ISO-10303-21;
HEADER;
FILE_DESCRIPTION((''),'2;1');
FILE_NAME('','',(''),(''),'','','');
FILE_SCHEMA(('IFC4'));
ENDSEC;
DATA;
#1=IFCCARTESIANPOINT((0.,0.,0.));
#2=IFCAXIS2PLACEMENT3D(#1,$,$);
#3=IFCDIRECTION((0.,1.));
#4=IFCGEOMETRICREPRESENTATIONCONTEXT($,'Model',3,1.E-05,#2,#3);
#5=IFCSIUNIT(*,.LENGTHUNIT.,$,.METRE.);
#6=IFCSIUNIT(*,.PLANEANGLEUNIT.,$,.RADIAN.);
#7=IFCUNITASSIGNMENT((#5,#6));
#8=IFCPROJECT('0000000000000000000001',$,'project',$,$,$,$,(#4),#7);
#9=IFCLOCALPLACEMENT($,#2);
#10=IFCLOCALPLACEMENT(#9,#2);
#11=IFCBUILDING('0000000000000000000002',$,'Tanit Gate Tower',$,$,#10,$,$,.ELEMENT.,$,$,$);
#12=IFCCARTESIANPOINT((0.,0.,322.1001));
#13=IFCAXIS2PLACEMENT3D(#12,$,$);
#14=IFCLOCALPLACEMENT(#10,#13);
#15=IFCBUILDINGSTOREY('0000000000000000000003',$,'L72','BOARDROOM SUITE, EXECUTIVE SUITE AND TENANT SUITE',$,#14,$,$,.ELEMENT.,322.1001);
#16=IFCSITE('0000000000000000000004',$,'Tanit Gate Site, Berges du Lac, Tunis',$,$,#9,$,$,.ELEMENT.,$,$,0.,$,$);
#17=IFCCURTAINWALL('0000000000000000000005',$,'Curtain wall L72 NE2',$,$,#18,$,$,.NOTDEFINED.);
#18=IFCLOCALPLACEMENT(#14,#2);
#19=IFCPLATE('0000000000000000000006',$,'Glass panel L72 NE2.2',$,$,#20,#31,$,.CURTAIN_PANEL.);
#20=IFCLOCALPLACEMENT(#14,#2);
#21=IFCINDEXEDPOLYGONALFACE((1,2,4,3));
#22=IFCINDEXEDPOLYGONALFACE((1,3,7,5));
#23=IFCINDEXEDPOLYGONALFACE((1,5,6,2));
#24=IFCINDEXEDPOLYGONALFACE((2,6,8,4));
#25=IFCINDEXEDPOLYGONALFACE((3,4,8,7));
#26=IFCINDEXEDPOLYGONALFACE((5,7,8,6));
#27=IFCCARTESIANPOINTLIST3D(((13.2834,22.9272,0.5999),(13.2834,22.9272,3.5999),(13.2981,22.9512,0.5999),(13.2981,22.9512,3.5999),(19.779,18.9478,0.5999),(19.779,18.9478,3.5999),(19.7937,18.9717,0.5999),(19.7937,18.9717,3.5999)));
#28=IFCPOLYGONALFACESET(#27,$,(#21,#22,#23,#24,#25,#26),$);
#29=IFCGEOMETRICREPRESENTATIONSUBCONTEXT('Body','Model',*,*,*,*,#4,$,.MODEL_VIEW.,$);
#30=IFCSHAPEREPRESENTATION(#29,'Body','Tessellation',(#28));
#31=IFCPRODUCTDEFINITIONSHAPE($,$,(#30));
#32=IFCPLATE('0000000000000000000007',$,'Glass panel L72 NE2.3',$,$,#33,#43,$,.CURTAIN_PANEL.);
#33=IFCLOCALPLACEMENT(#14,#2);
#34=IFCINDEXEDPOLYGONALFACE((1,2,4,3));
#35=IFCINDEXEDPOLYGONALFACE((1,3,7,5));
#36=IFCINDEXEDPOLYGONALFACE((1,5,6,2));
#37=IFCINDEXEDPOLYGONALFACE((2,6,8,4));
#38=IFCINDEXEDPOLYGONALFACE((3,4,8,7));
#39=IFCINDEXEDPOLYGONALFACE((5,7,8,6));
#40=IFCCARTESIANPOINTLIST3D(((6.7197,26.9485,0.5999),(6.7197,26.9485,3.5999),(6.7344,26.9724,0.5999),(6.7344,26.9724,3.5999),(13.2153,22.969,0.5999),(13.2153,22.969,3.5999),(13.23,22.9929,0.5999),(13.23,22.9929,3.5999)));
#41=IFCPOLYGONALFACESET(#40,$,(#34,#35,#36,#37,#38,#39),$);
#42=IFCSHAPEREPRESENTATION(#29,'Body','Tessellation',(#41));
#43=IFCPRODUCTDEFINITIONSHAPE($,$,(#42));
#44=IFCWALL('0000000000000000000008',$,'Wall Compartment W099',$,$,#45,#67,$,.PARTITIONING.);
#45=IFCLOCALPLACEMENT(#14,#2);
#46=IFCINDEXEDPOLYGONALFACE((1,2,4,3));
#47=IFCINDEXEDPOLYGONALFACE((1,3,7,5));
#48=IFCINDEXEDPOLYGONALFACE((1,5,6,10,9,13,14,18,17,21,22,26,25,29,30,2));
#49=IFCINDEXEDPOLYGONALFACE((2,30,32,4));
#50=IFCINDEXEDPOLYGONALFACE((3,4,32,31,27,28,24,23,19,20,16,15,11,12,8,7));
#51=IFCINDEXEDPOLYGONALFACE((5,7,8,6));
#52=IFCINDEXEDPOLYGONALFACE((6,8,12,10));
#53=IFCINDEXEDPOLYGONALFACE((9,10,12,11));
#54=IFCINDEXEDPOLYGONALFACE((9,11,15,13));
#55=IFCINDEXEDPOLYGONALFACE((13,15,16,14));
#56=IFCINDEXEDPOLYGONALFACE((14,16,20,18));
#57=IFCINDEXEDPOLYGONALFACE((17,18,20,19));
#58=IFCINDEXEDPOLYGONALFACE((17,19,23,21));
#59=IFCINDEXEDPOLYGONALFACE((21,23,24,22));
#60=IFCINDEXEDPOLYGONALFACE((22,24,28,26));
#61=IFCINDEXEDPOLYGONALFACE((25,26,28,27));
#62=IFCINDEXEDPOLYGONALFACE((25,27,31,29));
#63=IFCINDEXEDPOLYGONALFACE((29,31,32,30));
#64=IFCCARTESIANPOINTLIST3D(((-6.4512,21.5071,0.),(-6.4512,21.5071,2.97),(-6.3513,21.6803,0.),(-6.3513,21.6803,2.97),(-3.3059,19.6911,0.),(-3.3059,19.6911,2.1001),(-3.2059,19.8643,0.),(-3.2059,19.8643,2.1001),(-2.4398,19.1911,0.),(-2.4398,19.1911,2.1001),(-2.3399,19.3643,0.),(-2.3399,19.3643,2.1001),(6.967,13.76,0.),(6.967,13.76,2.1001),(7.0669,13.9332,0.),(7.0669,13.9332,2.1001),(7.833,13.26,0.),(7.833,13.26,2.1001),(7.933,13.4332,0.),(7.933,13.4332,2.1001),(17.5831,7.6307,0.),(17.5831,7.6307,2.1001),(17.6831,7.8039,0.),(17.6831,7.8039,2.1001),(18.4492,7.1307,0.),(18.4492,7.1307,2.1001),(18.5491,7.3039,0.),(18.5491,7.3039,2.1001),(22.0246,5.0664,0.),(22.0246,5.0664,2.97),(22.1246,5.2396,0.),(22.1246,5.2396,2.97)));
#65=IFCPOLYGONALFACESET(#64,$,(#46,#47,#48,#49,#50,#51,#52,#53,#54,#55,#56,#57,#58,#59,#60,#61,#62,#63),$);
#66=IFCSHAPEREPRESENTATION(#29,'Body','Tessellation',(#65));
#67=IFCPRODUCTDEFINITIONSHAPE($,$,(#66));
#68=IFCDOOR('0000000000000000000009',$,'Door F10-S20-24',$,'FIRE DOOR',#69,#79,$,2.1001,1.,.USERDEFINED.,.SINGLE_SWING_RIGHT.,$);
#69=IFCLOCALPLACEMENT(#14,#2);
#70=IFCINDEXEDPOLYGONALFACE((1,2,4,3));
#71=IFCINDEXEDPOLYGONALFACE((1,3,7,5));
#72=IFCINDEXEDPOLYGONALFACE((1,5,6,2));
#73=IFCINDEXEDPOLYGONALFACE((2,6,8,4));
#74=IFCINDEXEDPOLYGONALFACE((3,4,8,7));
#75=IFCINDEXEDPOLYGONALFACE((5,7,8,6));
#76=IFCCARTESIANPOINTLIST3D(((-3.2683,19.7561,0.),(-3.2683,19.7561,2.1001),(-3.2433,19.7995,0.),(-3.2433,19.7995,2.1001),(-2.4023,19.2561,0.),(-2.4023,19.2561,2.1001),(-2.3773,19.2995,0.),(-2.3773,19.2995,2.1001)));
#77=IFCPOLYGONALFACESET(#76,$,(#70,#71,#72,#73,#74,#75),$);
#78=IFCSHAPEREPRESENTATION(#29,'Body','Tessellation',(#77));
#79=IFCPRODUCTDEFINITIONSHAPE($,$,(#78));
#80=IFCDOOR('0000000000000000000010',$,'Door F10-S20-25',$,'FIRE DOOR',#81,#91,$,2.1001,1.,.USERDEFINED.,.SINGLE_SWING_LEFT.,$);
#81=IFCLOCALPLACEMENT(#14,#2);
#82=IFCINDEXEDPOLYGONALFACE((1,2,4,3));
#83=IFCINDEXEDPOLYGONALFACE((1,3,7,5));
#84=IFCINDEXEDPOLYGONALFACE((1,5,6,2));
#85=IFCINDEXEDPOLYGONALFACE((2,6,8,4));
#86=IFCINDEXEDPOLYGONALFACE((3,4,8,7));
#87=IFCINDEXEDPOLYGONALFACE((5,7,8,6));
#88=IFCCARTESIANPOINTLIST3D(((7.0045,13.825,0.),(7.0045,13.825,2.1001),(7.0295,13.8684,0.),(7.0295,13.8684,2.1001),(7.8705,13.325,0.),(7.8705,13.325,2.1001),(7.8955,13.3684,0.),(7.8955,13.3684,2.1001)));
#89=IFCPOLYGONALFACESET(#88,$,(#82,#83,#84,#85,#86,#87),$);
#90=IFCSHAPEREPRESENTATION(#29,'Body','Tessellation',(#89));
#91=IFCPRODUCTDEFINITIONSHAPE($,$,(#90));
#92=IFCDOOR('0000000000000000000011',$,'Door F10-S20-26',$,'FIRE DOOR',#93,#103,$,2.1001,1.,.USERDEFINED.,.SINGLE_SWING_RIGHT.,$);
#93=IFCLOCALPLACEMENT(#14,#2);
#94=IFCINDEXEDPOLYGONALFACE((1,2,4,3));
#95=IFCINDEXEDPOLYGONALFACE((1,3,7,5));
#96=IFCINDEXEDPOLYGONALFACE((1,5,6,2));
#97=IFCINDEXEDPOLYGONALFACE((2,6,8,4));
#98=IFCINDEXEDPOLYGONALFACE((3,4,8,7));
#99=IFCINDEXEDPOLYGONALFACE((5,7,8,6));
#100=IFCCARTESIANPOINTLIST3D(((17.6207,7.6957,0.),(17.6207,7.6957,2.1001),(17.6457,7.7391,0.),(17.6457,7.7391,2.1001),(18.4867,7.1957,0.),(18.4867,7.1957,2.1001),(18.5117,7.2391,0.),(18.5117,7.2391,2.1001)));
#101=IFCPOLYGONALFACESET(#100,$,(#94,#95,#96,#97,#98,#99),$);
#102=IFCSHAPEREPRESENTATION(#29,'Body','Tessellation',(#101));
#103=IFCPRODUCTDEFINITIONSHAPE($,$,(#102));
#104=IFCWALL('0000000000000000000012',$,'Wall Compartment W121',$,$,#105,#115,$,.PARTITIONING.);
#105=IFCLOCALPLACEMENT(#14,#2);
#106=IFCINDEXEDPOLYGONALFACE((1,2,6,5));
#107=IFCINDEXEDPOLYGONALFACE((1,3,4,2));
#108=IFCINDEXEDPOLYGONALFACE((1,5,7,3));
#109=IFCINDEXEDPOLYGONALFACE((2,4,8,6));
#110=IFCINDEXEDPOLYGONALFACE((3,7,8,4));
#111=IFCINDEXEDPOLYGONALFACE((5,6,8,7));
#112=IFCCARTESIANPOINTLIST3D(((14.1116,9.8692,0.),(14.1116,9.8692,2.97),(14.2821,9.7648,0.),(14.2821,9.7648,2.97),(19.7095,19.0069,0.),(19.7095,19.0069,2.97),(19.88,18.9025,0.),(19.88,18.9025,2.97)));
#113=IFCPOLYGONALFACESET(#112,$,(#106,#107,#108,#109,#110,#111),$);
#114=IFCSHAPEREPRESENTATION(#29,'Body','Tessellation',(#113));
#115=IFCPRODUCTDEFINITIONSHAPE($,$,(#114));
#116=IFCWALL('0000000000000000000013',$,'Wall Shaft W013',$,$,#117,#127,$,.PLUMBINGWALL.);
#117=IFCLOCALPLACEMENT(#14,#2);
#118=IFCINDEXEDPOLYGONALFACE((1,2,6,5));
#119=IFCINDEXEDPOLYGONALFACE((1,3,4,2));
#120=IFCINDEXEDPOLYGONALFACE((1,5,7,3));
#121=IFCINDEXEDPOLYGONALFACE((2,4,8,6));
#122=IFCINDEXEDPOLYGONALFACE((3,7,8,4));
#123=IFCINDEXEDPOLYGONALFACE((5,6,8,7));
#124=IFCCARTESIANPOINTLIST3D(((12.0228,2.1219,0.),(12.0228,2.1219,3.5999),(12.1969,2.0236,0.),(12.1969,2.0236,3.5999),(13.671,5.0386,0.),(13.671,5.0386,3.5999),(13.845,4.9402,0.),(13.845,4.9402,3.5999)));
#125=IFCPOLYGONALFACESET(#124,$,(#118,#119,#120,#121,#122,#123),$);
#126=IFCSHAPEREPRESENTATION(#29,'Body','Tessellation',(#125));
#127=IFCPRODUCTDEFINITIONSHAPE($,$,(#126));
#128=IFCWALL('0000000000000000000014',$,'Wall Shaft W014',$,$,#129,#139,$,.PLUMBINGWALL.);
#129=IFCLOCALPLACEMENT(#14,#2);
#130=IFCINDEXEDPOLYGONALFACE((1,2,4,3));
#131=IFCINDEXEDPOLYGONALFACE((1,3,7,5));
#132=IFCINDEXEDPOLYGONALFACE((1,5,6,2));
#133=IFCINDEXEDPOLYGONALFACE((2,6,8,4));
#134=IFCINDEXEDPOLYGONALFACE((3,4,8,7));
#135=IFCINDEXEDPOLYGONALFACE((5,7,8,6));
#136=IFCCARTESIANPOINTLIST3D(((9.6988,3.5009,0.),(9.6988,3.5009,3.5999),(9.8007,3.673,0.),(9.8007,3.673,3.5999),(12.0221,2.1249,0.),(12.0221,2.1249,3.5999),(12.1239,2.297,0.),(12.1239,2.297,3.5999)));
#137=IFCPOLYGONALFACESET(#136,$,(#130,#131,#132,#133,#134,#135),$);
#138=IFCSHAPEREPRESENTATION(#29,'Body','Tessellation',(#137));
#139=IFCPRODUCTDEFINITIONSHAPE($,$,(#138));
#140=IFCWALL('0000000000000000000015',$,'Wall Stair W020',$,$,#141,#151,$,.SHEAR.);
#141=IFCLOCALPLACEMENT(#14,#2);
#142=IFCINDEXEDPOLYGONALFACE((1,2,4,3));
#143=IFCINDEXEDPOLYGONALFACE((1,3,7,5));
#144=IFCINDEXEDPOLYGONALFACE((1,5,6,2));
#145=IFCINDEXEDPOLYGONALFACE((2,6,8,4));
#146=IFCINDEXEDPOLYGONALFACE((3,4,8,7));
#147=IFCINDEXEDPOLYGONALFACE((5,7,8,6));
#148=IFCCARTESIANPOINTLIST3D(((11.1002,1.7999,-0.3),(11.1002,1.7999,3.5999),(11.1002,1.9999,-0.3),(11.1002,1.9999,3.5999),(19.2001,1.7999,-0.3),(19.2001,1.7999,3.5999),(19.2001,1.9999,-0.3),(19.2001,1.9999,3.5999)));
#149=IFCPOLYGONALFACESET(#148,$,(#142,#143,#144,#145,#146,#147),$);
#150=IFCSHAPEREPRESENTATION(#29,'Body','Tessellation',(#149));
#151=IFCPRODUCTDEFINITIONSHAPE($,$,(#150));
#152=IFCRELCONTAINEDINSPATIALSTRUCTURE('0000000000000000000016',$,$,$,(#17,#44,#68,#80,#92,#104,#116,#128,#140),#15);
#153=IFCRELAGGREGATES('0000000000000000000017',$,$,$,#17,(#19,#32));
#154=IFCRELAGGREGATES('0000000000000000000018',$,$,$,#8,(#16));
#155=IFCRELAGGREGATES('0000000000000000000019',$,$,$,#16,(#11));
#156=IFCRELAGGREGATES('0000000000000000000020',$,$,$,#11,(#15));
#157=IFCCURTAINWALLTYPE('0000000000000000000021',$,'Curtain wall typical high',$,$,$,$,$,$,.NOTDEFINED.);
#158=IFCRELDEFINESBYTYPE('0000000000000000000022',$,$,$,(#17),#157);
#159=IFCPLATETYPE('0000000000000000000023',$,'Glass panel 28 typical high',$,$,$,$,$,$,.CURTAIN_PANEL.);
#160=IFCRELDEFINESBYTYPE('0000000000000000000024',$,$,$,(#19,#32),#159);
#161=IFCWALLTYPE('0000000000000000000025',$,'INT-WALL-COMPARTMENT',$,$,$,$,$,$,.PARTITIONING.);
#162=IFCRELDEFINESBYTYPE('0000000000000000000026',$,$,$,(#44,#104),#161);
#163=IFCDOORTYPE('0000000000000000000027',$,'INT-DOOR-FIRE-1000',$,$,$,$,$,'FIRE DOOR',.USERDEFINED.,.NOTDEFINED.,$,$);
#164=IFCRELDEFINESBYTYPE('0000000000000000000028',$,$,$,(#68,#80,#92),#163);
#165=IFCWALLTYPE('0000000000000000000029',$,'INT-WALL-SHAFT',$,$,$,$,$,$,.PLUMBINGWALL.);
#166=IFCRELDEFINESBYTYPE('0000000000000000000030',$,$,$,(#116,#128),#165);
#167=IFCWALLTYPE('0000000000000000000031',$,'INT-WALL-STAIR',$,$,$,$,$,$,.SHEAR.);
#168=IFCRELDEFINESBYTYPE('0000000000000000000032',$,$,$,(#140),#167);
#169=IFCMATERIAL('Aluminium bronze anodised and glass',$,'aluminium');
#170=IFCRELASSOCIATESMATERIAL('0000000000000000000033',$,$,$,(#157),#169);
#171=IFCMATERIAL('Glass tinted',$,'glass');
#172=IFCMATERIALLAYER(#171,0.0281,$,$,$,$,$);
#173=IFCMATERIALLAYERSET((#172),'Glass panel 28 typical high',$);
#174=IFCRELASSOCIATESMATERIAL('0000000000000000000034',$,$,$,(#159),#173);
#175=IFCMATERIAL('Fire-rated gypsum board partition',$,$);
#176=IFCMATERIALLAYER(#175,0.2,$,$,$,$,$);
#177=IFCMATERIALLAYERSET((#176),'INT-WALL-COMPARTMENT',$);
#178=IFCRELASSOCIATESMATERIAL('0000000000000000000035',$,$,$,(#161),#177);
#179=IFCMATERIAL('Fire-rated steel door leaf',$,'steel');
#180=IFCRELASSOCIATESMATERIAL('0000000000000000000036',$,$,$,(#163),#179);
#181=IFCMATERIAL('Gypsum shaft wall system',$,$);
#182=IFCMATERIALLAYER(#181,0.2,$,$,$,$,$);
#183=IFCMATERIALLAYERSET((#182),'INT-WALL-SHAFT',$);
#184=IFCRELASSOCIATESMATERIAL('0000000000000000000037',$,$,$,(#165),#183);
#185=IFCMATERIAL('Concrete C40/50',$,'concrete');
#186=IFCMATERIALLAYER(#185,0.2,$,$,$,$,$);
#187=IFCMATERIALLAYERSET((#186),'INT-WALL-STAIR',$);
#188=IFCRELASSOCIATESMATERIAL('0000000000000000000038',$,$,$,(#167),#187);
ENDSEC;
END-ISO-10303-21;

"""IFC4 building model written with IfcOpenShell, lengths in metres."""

from ifc_helpers import new_model, si_unit, direction, frame, frame_2d, origin, origin_2d, place, context, subcontext, project, spatial, rectangle, extrude, material, layer, layer_set, type_object, element, fill, aggregate, save


model = new_model("IFC4")

# Units and contexts
model_context = context("Model", 3, precision=1e-05, world=origin(), true_north=direction((0.0, 1.0)))
body_context = subcontext(model_context, "Body", "Model", "MODEL_VIEW")
ifc_project = project(units=[si_unit("LENGTHUNIT", "METRE"), si_unit("PLANEANGLEUNIT", "RADIAN")], contexts=[model_context])

# Site, building, storey
site_placement = place(None, origin())
site = spatial("IfcSite", under=ifc_project, at=site_placement, Name="Tanit Gate Site, Berges du Lac, Tunis", CompositionType="ELEMENT", RefElevation=0.0)
building_placement = place(site_placement, origin())
building = spatial("IfcBuilding", under=site, at=building_placement, Name="Tanit Gate Tower", CompositionType="ELEMENT")
storey_placement = place(building_placement, frame((0.0, 0.0, 322.1001)))
storey = spatial("IfcBuildingStorey", under=building, at=storey_placement, Name="L72", Description="BOARDROOM SUITE, EXECUTIVE SUITE AND TENANT SUITE", CompositionType="ELEMENT", Elevation=322.1001)

# Curtain wall
ifc_material_1 = material(Name="Aluminium bronze anodised and glass", Category="aluminium")
curtain_wall_type = type_object("IfcCurtainWallType", Name="Curtain wall typical high", PredefinedType="NOTDEFINED", material=ifc_material_1)
curtain_wall_placement = place(storey_placement, origin())
curtain_wall = element("IfcCurtainWall", 1, at=curtain_wall_placement, inside=storey, type_object=curtain_wall_type, Name="Curtain wall L72 NE2", PredefinedType="NOTDEFINED")

# Plates
ifc_material_2 = material(Name="Glass tinted", Category="glass")
ifc_layer_1 = layer(ifc_material_2, 0.0281)
ifc_layer_set_1 = layer_set([ifc_layer_1], Name="Glass panel 28 typical high")
plate_type = type_object("IfcPlateType", Name="Glass panel 28 typical high", PredefinedType="CURTAIN_PANEL", material=ifc_layer_set_1)
plate_1_placement = place(storey_placement, frame((16.5386, 20.9495, 0.5999), z_axis=(0.0, 0.0, 1.0), x_axis=(-0.8527, 0.522401, 0.0)))
plate_1 = element("IfcPlate", 2, at=plate_1_placement, type_object=plate_type, Name="Glass panel L72 NE2.2", PredefinedType="CURTAIN_PANEL", context=body_context, shape_type="SweptSolid", body=[
    extrude(rectangle(XDim=7.6177, YDim=0.0281, at=origin_2d()), origin(), (0.0, 0.0, 1.0), 3.0),
])
plate_2_placement = place(storey_placement, frame((9.9749, 24.9707, 0.5999), z_axis=(0.0, 0.0, 1.0), x_axis=(-0.8527, 0.522401, 0.0)))
plate_2 = element("IfcPlate", 3, at=plate_2_placement, type_object=plate_type, Name="Glass panel L72 NE2.3", PredefinedType="CURTAIN_PANEL", context=body_context, shape_type="SweptSolid", body=[
    extrude(rectangle(XDim=7.6177, YDim=0.0281, at=origin_2d()), origin(), (0.0, 0.0, 1.0), 3.0),
])
aggregate(curtain_wall, [plate_1, plate_2])

# Wall, openings, doors
ifc_material_3 = material(Name="Fire-rated gypsum board partition")
ifc_layer_2 = layer(ifc_material_3, 0.2)
ifc_layer_set_2 = layer_set([ifc_layer_2], Name="INT-WALL-COMPARTMENT")
wall_type_1 = type_object("IfcWallType", Name="INT-WALL-COMPARTMENT", PredefinedType="PARTITIONING", material=ifc_layer_set_2)
wall_1_placement = place(storey_placement, frame((22.0745, 5.1531, 0.0), z_axis=(0.0, 0.0, 1.0), x_axis=(-0.866023, 0.500003, 0.0)))
wall_1 = element("IfcWall", 4, at=wall_1_placement, inside=storey, type_object=wall_type_1, Name="Wall Compartment W099", PredefinedType="PARTITIONING", context=body_context, shape_type="SweptSolid", body=[
    extrude(rectangle(XDim=32.8811, YDim=0.2, at=frame_2d((16.4404, 0.0))), origin(), (0.0, 0.0, 1.0), 2.97),
])
opening_1_placement = place(wall_1_placement, frame((28.249, 0.0, 0.0)))
opening_1 = element("IfcOpeningElement", 5, at=opening_1_placement, cuts=wall_1, PredefinedType="OPENING", context=body_context, shape_type="SweptSolid", body=[
    extrude(rectangle(XDim=1.0, YDim=2.1001, at=frame_2d((0.5, 1.05))), frame((0.0, 0.1099, 0.0), z_axis=(0.0, -1.0, 0.0), x_axis=(1.0, 0.0, 0.0)), (0.0, 0.0, 1.0), 0.22),
])
opening_2_placement = place(wall_1_placement, frame((16.387, 0.0, 0.0)))
opening_2 = element("IfcOpeningElement", 6, at=opening_2_placement, cuts=wall_1, PredefinedType="OPENING", context=body_context, shape_type="SweptSolid", body=[
    extrude(rectangle(XDim=1.0, YDim=2.1001, at=frame_2d((0.5, 1.05))), frame((0.0, 0.1099, 0.0), z_axis=(0.0, -1.0, 0.0), x_axis=(1.0, 0.0, 0.0)), (0.0, 0.0, 1.0), 0.22),
])
opening_3_placement = place(wall_1_placement, frame((4.1284, 0.0, 0.0)))
opening_3 = element("IfcOpeningElement", 7, at=opening_3_placement, cuts=wall_1, PredefinedType="OPENING", context=body_context, shape_type="SweptSolid", body=[
    extrude(rectangle(XDim=1.0, YDim=2.1001, at=frame_2d((0.5, 1.05))), frame((0.0, 0.1099, 0.0), z_axis=(0.0, -1.0, 0.0), x_axis=(1.0, 0.0, 0.0)), (0.0, 0.0, 1.0), 0.22),
])
ifc_material_4 = material(Name="Fire-rated steel door leaf", Category="steel")
door_type_1 = type_object("IfcDoorType", Name="INT-DOOR-FIRE-1000", ElementType="FIRE DOOR", OperationType="NOTDEFINED", PredefinedType="USERDEFINED", material=ifc_material_4)
door_1_placement = place(opening_1_placement, origin())
door_1 = element("IfcDoor", 8, at=door_1_placement, inside=storey, type_object=door_type_1, Name="Door F10-S20-24", ObjectType="FIRE DOOR", OperationType="SINGLE_SWING_RIGHT", OverallHeight=2.1001, OverallWidth=1.0, PredefinedType="USERDEFINED", context=body_context, shape_type="SweptSolid", body=[
    extrude(rectangle(XDim=1.0, YDim=2.1001, at=frame_2d((0.5, 1.05))), frame((0.0, 0.0249, 0.0), z_axis=(0.0, -1.0, 0.0), x_axis=(1.0, 0.0, 0.0)), (0.0, 0.0, 1.0), 0.05),
])
fill(opening_1, door_1)
door_2_placement = place(opening_2_placement, origin())
door_2 = element("IfcDoor", 9, at=door_2_placement, inside=storey, type_object=door_type_1, Name="Door F10-S20-25", ObjectType="FIRE DOOR", OperationType="SINGLE_SWING_LEFT", OverallHeight=2.1001, OverallWidth=1.0, PredefinedType="USERDEFINED", context=body_context, shape_type="SweptSolid", body=[
    extrude(rectangle(XDim=1.0, YDim=2.1001, at=frame_2d((0.5, 1.05))), frame((0.0, 0.0249, 0.0), z_axis=(0.0, -1.0, 0.0), x_axis=(1.0, 0.0, 0.0)), (0.0, 0.0, 1.0), 0.05),
])
fill(opening_2, door_2)
door_3_placement = place(opening_3_placement, origin())
door_3 = element("IfcDoor", 10, at=door_3_placement, inside=storey, type_object=door_type_1, Name="Door F10-S20-26", ObjectType="FIRE DOOR", OperationType="SINGLE_SWING_RIGHT", OverallHeight=2.1001, OverallWidth=1.0, PredefinedType="USERDEFINED", context=body_context, shape_type="SweptSolid", body=[
    extrude(rectangle(XDim=1.0, YDim=2.1001, at=frame_2d((0.5, 1.05))), frame((0.0, 0.0249, 0.0), z_axis=(0.0, -1.0, 0.0), x_axis=(1.0, 0.0, 0.0)), (0.0, 0.0, 1.0), 0.05),
])
fill(opening_3, door_3)

# Walls
wall_2_placement = place(storey_placement, frame((19.7947, 18.9546, 0.0), z_axis=(0.0, 0.0, 1.0), x_axis=(-0.522384, -0.85271, 0.0)))
element("IfcWall", 11, at=wall_2_placement, inside=storey, type_object=wall_type_1, Name="Wall Compartment W121", PredefinedType="PARTITIONING", context=body_context, shape_type="SweptSolid", body=[
    extrude(rectangle(XDim=10.7161, YDim=0.2, at=frame_2d((5.3579, 0.0))), origin(), (0.0, 0.0, 1.0), 2.97),
])
ifc_material_5 = material(Name="Gypsum shaft wall system")
ifc_layer_3 = layer(ifc_material_5, 0.2)
ifc_layer_set_3 = layer_set([ifc_layer_3], Name="INT-WALL-SHAFT")
wall_type_2 = type_object("IfcWallType", Name="INT-WALL-SHAFT", PredefinedType="PLUMBINGWALL", material=ifc_layer_set_3)
wall_3_placement = place(storey_placement, frame((12.1099, 2.0728, 0.0), z_axis=(0.0, 0.0, 1.0), x_axis=(0.491966, 0.870614, 0.0)))
element("IfcWall", 12, at=wall_3_placement, inside=storey, type_object=wall_type_2, Name="Wall Shaft W013", PredefinedType="PLUMBINGWALL", context=body_context, shape_type="SweptSolid", body=[
    extrude(rectangle(XDim=3.3501, YDim=0.2, at=frame_2d((1.675, 0.0))), origin(), (0.0, 0.0, 1.0), 3.5999),
])
wall_4_placement = place(storey_placement, frame((12.073, 2.2109, 0.0), z_axis=(0.0, 0.0, 1.0), x_axis=(-0.860415, 0.509594, 0.0)))
element("IfcWall", 13, at=wall_4_placement, inside=storey, type_object=wall_type_2, Name="Wall Shaft W014", PredefinedType="PLUMBINGWALL", context=body_context, shape_type="SweptSolid", body=[
    extrude(rectangle(XDim=2.7002, YDim=0.2, at=frame_2d((1.3501, 0.0))), origin(), (0.0, 0.0, 1.0), 3.5999),
])
ifc_material_6 = material(Name="Concrete C40/50", Category="concrete")
ifc_layer_4 = layer(ifc_material_6, 0.2)
ifc_layer_set_4 = layer_set([ifc_layer_4], Name="INT-WALL-STAIR")
wall_type_3 = type_object("IfcWallType", Name="INT-WALL-STAIR", PredefinedType="SHEAR", material=ifc_layer_set_4)
wall_5_placement = place(storey_placement, frame((19.2, 1.8999, -0.3), z_axis=(0.0, 0.0, 1.0), x_axis=(-1.0, 0.0, 0.0)))
element("IfcWall", 14, at=wall_5_placement, inside=storey, type_object=wall_type_3, Name="Wall Stair W020", PredefinedType="SHEAR", context=body_context, shape_type="SweptSolid", body=[
    extrude(rectangle(XDim=8.0999, YDim=0.2, at=frame_2d((4.0498, 0.0))), origin(), (0.0, 0.0, 1.0), 3.8999),
])

save(model, "model.ifc")
